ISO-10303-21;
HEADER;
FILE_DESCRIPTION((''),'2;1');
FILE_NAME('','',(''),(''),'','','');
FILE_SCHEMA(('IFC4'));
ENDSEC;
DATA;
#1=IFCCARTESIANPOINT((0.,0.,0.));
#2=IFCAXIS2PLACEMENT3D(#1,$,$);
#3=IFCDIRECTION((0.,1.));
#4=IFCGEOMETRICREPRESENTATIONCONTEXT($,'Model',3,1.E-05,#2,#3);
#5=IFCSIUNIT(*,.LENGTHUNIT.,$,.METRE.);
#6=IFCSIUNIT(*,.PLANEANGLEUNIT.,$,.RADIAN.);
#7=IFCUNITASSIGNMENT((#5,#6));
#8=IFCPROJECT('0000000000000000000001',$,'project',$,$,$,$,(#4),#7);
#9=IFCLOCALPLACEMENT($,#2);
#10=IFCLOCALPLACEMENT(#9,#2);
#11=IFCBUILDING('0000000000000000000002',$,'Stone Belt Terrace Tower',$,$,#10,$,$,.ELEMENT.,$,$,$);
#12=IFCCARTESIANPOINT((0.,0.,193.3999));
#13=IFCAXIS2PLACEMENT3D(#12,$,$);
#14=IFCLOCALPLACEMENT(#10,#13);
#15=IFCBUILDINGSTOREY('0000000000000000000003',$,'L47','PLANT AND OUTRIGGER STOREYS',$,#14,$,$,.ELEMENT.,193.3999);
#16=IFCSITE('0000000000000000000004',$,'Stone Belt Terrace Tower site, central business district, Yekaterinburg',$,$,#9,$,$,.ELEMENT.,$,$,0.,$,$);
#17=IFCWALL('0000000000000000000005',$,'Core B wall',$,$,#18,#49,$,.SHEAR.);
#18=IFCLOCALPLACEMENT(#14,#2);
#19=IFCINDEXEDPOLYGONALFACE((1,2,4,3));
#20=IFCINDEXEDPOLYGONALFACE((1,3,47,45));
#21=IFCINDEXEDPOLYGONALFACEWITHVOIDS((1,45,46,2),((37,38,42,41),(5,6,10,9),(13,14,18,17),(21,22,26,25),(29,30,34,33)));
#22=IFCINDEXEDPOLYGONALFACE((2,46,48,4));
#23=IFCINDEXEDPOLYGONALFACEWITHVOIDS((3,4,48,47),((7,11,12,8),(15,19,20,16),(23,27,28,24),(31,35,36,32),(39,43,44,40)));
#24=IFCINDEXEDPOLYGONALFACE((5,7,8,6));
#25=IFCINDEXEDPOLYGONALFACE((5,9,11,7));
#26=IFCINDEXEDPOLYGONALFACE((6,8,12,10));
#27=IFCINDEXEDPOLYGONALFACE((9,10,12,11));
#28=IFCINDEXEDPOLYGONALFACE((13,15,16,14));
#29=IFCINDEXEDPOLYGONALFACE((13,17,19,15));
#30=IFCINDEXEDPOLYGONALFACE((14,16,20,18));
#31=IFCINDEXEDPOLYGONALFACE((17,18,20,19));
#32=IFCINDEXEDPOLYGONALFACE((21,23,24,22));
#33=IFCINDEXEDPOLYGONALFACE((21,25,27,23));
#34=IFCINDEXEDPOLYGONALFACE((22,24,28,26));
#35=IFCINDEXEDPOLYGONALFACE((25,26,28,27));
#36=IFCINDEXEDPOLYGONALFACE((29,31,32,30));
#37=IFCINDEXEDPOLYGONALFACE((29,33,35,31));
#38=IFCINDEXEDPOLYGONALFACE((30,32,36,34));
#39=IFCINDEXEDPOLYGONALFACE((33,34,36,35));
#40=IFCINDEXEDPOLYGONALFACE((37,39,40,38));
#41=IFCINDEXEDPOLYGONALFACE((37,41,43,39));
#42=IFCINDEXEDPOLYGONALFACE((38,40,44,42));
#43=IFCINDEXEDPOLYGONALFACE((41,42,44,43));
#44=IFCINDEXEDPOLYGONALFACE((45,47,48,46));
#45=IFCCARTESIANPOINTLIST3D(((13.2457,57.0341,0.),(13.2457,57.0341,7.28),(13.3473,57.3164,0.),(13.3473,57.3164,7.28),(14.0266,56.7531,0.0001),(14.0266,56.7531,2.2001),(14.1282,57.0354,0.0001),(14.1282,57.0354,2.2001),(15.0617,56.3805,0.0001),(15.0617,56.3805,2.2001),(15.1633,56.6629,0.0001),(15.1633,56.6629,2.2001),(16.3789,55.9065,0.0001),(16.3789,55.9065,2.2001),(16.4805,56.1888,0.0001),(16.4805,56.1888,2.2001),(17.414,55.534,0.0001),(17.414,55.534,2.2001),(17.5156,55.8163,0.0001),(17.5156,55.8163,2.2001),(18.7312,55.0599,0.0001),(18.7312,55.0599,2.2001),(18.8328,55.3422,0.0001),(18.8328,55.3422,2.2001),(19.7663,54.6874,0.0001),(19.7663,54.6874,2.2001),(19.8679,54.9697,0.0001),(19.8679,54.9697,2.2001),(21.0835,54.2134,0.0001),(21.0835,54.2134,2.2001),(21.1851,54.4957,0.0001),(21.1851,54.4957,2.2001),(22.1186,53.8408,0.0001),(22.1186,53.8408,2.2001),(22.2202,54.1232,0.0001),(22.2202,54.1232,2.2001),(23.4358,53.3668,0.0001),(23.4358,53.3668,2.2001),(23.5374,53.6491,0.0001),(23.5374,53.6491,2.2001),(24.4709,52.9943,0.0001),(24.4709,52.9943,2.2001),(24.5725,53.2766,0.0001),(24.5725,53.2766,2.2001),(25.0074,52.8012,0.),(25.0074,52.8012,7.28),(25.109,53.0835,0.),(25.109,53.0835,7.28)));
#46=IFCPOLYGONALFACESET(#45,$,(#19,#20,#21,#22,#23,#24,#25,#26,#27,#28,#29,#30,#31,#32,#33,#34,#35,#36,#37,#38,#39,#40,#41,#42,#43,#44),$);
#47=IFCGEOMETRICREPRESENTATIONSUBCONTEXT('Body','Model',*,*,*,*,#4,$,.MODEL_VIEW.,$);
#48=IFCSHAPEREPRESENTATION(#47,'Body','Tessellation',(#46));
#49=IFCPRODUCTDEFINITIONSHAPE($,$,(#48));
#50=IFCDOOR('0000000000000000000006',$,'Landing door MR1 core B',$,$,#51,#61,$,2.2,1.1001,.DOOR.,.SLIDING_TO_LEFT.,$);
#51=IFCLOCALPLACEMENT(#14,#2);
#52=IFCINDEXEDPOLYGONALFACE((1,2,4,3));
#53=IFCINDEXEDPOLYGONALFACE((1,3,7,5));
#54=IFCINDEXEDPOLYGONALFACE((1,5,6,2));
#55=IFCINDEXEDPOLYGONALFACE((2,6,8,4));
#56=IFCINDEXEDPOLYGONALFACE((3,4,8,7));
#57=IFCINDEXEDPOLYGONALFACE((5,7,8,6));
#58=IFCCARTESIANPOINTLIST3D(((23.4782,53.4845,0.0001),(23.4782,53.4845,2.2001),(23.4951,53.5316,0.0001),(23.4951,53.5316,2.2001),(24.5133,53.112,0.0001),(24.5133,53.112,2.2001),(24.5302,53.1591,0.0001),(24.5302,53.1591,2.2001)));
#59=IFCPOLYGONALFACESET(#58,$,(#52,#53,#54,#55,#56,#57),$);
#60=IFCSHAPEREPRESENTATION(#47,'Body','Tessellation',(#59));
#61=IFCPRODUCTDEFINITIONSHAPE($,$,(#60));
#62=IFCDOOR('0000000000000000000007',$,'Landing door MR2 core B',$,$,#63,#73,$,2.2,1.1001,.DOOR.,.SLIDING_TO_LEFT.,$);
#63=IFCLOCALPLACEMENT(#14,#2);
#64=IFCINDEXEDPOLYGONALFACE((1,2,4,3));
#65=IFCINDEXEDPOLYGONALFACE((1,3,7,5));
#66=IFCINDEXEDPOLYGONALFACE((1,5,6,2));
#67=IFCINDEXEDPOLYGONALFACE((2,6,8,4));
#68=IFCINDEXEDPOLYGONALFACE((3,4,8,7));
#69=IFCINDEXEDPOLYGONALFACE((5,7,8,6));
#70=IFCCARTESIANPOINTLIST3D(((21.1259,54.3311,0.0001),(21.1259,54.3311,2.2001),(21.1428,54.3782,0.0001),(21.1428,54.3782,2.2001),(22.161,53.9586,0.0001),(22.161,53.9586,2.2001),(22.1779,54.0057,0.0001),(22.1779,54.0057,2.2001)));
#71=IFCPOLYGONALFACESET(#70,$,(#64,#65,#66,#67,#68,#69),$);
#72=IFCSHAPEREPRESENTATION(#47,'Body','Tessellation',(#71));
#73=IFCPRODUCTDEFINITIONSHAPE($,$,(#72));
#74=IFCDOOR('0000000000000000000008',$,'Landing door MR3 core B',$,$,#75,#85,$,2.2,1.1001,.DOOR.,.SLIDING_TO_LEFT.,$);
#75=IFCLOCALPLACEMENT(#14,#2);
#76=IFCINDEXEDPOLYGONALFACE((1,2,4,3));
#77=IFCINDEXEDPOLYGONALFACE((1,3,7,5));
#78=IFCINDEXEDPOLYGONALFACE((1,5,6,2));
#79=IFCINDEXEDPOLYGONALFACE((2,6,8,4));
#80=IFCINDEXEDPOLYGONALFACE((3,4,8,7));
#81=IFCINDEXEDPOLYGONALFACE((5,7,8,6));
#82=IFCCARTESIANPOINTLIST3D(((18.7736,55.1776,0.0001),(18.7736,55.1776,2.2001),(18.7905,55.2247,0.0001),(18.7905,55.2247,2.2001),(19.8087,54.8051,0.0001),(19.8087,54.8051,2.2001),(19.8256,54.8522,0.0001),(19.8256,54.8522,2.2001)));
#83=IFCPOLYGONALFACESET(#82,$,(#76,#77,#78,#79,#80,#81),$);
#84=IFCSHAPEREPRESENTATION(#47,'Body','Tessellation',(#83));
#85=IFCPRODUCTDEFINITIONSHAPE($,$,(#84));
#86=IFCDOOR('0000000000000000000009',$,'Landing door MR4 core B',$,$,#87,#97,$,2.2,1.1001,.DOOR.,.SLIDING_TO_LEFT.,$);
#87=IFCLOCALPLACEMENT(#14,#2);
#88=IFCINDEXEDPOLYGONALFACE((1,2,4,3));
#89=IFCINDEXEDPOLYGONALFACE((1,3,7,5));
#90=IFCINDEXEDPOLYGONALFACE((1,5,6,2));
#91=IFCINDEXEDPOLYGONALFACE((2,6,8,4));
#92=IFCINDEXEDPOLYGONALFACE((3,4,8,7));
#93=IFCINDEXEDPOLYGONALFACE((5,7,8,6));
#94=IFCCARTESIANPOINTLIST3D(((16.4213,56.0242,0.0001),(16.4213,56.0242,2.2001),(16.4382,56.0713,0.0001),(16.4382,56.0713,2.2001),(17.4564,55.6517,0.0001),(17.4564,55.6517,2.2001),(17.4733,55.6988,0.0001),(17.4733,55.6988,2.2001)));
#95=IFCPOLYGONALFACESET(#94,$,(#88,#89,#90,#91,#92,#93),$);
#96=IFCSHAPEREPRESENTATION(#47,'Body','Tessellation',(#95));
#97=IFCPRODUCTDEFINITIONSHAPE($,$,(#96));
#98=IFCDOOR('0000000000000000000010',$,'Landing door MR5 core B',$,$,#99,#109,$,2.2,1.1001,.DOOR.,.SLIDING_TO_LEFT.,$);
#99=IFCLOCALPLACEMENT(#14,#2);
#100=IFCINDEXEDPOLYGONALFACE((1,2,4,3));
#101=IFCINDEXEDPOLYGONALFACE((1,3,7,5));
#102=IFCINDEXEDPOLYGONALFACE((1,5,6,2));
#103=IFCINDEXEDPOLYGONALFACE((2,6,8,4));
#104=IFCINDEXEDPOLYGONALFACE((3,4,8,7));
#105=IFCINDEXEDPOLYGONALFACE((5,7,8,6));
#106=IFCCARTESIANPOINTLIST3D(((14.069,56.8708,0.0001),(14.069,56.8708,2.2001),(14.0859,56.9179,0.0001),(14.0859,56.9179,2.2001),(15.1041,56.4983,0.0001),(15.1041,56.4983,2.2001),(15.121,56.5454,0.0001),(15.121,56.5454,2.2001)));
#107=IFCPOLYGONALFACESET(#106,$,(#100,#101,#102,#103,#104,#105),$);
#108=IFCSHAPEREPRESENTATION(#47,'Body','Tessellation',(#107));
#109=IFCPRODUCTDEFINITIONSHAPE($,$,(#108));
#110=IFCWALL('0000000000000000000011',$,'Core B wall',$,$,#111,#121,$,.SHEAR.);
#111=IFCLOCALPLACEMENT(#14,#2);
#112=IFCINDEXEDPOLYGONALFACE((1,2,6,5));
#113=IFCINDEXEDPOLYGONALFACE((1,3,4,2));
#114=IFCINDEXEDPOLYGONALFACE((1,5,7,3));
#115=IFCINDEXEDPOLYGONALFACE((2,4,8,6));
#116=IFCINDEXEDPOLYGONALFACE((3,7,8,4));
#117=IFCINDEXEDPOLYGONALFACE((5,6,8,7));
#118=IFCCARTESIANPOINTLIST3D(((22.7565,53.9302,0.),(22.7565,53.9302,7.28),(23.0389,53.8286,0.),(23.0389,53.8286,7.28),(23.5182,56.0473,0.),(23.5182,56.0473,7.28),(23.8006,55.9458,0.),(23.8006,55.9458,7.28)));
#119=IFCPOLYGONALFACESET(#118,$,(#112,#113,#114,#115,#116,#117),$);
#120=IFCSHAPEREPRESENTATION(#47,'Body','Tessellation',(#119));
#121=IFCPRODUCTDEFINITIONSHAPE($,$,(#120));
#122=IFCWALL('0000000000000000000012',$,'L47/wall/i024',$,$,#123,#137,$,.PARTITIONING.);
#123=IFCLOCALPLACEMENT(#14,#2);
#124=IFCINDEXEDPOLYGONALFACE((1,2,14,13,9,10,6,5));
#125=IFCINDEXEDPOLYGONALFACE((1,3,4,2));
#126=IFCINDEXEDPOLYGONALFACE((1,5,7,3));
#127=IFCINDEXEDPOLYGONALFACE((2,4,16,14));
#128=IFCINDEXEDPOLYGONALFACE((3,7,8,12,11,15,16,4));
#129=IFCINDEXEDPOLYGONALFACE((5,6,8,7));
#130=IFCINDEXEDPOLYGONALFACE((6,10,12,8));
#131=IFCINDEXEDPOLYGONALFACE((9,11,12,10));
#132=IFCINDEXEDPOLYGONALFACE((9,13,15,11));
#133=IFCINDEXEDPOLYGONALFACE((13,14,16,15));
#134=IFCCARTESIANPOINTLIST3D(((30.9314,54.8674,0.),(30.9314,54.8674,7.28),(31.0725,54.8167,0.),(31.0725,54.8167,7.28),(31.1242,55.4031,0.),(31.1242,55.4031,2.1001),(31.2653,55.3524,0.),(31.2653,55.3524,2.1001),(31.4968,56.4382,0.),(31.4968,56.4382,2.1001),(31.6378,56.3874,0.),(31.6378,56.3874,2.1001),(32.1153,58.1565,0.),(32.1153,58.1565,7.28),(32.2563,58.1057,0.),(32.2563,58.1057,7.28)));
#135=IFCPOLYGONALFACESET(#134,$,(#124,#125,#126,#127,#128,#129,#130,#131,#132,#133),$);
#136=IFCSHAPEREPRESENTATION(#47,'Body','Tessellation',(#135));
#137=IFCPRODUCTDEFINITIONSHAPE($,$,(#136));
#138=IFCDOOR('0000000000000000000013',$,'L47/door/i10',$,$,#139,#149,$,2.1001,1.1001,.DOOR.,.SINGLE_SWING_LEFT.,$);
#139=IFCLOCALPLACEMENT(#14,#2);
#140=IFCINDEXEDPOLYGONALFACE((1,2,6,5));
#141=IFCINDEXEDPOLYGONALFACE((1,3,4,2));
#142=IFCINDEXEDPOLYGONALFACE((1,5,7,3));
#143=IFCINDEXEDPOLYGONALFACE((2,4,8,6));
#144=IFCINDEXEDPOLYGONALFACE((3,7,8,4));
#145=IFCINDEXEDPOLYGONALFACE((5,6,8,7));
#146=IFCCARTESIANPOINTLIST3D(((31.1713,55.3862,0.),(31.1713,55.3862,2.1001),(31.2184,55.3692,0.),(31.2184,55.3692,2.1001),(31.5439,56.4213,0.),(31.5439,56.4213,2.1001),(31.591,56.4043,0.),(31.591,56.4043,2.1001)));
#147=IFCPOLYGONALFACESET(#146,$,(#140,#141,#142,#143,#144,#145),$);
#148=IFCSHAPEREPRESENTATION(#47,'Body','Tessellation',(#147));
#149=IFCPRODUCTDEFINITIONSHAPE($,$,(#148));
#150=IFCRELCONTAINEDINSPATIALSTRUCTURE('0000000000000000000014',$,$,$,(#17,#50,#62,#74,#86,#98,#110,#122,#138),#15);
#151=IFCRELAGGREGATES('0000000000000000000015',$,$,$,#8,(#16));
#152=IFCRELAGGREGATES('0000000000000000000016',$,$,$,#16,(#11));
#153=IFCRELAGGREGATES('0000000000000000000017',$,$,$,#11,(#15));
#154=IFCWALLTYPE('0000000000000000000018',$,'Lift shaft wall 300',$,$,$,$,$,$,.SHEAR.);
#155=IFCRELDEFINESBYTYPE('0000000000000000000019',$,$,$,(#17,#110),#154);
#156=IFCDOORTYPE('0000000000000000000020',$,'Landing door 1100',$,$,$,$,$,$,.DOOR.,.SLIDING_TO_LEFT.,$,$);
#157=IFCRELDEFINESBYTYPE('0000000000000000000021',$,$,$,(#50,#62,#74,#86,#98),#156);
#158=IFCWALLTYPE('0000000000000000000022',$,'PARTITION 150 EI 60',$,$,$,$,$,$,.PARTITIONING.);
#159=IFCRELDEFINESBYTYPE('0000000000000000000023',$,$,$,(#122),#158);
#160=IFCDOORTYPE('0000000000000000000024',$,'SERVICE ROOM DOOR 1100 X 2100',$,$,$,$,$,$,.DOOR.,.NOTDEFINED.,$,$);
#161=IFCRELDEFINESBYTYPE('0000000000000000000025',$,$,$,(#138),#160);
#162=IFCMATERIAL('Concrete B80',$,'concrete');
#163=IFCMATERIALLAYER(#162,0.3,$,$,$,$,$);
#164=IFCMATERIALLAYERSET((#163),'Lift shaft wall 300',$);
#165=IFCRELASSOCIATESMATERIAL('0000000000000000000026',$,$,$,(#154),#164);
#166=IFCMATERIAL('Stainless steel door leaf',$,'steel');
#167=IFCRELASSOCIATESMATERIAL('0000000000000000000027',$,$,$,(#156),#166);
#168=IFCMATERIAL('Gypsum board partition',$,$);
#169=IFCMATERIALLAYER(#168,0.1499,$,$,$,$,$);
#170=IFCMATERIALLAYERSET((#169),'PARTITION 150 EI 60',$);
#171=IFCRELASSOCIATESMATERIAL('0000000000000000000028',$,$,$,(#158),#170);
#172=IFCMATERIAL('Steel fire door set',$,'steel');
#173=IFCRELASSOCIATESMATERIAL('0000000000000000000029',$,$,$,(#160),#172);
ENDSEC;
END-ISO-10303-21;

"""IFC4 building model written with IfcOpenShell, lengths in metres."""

from ifc_helpers import new_model, si_unit, direction, frame, frame_2d, origin, place, context, subcontext, project, spatial, rectangle, extrude, material, layer, layer_set, type_object, element, fill, save


model = new_model("IFC4")

# Units and contexts
model_context = context("Model", 3, precision=1e-05, world=origin(), true_north=direction((0.0, 1.0)))
body_context = subcontext(model_context, "Body", "Model", "MODEL_VIEW")
ifc_project = project(units=[si_unit("LENGTHUNIT", "METRE"), si_unit("PLANEANGLEUNIT", "RADIAN")], contexts=[model_context])

# Site, building, storey
site_placement = place(None, origin())
site = spatial("IfcSite", under=ifc_project, at=site_placement, Name="Stone Belt Terrace Tower site, central business district, Yekaterinburg", CompositionType="ELEMENT", RefElevation=0.0)
building_placement = place(site_placement, origin())
building = spatial("IfcBuilding", under=site, at=building_placement, Name="Stone Belt Terrace Tower", CompositionType="ELEMENT")
storey_placement = place(building_placement, frame((0.0, 0.0, 193.3999)))
storey = spatial("IfcBuildingStorey", under=building, at=storey_placement, Name="L47", Description="PLANT AND OUTRIGGER STOREYS", CompositionType="ELEMENT", Elevation=193.3999)

# Shared definitions
ifc_material_1 = material(Name="Concrete B80", Category="concrete")

# Shared definitions
ifc_layer_1 = layer(ifc_material_1, 0.3)
ifc_layer_set_1 = layer_set([ifc_layer_1], Name="Lift shaft wall 300")
wall_type_1 = type_object("IfcWallType", Name="Lift shaft wall 300", PredefinedType="SHEAR", material=ifc_layer_set_1)
ifc_material_2 = material(Name="Stainless steel door leaf", Category="steel")

# Wall, openings, doors
wall_1_placement = place(storey_placement, frame((25.0581, 52.9424, 0.0), z_axis=(0.0, 0.0, 1.0), x_axis=(-0.940921, 0.338627, 0.0)))
wall_1 = element("IfcWall", 1, at=wall_1_placement, inside=storey, type_object=wall_type_1, Name="Core B wall", PredefinedType="SHEAR", context=body_context, shape_type="SweptSolid", body=[
    extrude(rectangle(XDim=12.5002, YDim=0.3, at=frame_2d((6.25, 0.0))), origin(), (0.0, 0.0, 1.0), 7.28),
])
opening_1_placement = place(wall_1_placement, frame((0.5701, 0.0, 0.0)))
opening_1 = element("IfcOpeningElement", 2, at=opening_1_placement, cuts=wall_1, PredefinedType="OPENING", context=body_context, shape_type="SweptSolid", body=[
    extrude(rectangle(XDim=1.1001, YDim=2.2, at=frame_2d((0.55, 1.1001))), frame((0.0, 0.1599, 0.0), z_axis=(0.0, -1.0, 0.0), x_axis=(1.0, 0.0, 0.0)), (0.0, 0.0, 1.0), 0.3201),
])
opening_2_placement = place(wall_1_placement, frame((3.0701, 0.0, 0.0)))
opening_2 = element("IfcOpeningElement", 3, at=opening_2_placement, cuts=wall_1, PredefinedType="OPENING", context=body_context, shape_type="SweptSolid", body=[
    extrude(rectangle(XDim=1.1001, YDim=2.2, at=frame_2d((0.55, 1.1001))), frame((0.0, 0.1599, 0.0), z_axis=(0.0, -1.0, 0.0), x_axis=(1.0, 0.0, 0.0)), (0.0, 0.0, 1.0), 0.3201),
])
opening_3_placement = place(wall_1_placement, frame((5.5701, 0.0, 0.0)))
opening_3 = element("IfcOpeningElement", 4, at=opening_3_placement, cuts=wall_1, PredefinedType="OPENING", context=body_context, shape_type="SweptSolid", body=[
    extrude(rectangle(XDim=1.1001, YDim=2.2, at=frame_2d((0.55, 1.1001))), frame((0.0, 0.1599, 0.0), z_axis=(0.0, -1.0, 0.0), x_axis=(1.0, 0.0, 0.0)), (0.0, 0.0, 1.0), 0.3201),
])
opening_4_placement = place(wall_1_placement, frame((8.0701, 0.0, 0.0)))
opening_4 = element("IfcOpeningElement", 5, at=opening_4_placement, cuts=wall_1, PredefinedType="OPENING", context=body_context, shape_type="SweptSolid", body=[
    extrude(rectangle(XDim=1.1001, YDim=2.2, at=frame_2d((0.55, 1.1001))), frame((0.0, 0.1599, 0.0), z_axis=(0.0, -1.0, 0.0), x_axis=(1.0, 0.0, 0.0)), (0.0, 0.0, 1.0), 0.3201),
])
opening_5_placement = place(wall_1_placement, frame((10.5701, 0.0, 0.0)))
opening_5 = element("IfcOpeningElement", 6, at=opening_5_placement, cuts=wall_1, PredefinedType="OPENING", context=body_context, shape_type="SweptSolid", body=[
    extrude(rectangle(XDim=1.1001, YDim=2.2, at=frame_2d((0.55, 1.1001))), frame((0.0, 0.1599, 0.0), z_axis=(0.0, -1.0, 0.0), x_axis=(1.0, 0.0, 0.0)), (0.0, 0.0, 1.0), 0.3201),
])
door_type_1 = type_object("IfcDoorType", Name="Landing door 1100", OperationType="SLIDING_TO_LEFT", PredefinedType="DOOR", material=ifc_material_2)
door_1_placement = place(opening_1_placement, origin())
door_1 = element("IfcDoor", 7, at=door_1_placement, inside=storey, type_object=door_type_1, Name="Landing door MR1 core B", OperationType="SLIDING_TO_LEFT", OverallHeight=2.2, OverallWidth=1.1001, PredefinedType="DOOR", context=body_context, shape_type="SweptSolid", body=[
    extrude(rectangle(XDim=1.1001, YDim=2.2, at=frame_2d((0.55, 1.1001))), frame((0.0, 0.0249, 0.0), z_axis=(0.0, -1.0, 0.0), x_axis=(1.0, 0.0, 0.0)), (0.0, 0.0, 1.0), 0.05),
])
fill(opening_1, door_1)
door_2_placement = place(opening_2_placement, origin())
door_2 = element("IfcDoor", 8, at=door_2_placement, inside=storey, type_object=door_type_1, Name="Landing door MR2 core B", OperationType="SLIDING_TO_LEFT", OverallHeight=2.2, OverallWidth=1.1001, PredefinedType="DOOR", context=body_context, shape_type="SweptSolid", body=[
    extrude(rectangle(XDim=1.1001, YDim=2.2, at=frame_2d((0.55, 1.1001))), frame((0.0, 0.0249, 0.0), z_axis=(0.0, -1.0, 0.0), x_axis=(1.0, 0.0, 0.0)), (0.0, 0.0, 1.0), 0.05),
])
fill(opening_2, door_2)
door_3_placement = place(opening_3_placement, origin())
door_3 = element("IfcDoor", 9, at=door_3_placement, inside=storey, type_object=door_type_1, Name="Landing door MR3 core B", OperationType="SLIDING_TO_LEFT", OverallHeight=2.2, OverallWidth=1.1001, PredefinedType="DOOR", context=body_context, shape_type="SweptSolid", body=[
    extrude(rectangle(XDim=1.1001, YDim=2.2, at=frame_2d((0.55, 1.1001))), frame((0.0, 0.0249, 0.0), z_axis=(0.0, -1.0, 0.0), x_axis=(1.0, 0.0, 0.0)), (0.0, 0.0, 1.0), 0.05),
])
fill(opening_3, door_3)
door_4_placement = place(opening_4_placement, origin())
door_4 = element("IfcDoor", 10, at=door_4_placement, inside=storey, type_object=door_type_1, Name="Landing door MR4 core B", OperationType="SLIDING_TO_LEFT", OverallHeight=2.2, OverallWidth=1.1001, PredefinedType="DOOR", context=body_context, shape_type="SweptSolid", body=[
    extrude(rectangle(XDim=1.1001, YDim=2.2, at=frame_2d((0.55, 1.1001))), frame((0.0, 0.0249, 0.0), z_axis=(0.0, -1.0, 0.0), x_axis=(1.0, 0.0, 0.0)), (0.0, 0.0, 1.0), 0.05),
])
fill(opening_4, door_4)
door_5_placement = place(opening_5_placement, origin())
door_5 = element("IfcDoor", 11, at=door_5_placement, inside=storey, type_object=door_type_1, Name="Landing door MR5 core B", OperationType="SLIDING_TO_LEFT", OverallHeight=2.2, OverallWidth=1.1001, PredefinedType="DOOR", context=body_context, shape_type="SweptSolid", body=[
    extrude(rectangle(XDim=1.1001, YDim=2.2, at=frame_2d((0.55, 1.1001))), frame((0.0, 0.0249, 0.0), z_axis=(0.0, -1.0, 0.0), x_axis=(1.0, 0.0, 0.0)), (0.0, 0.0, 1.0), 0.05),
])
fill(opening_5, door_5)

# Wall
wall_2_placement = place(storey_placement, frame((22.8977, 53.8794, 0.0), z_axis=(0.0, 0.0, 1.0), x_axis=(0.338535, 0.940954, 0.0)))
element("IfcWall", 12, at=wall_2_placement, inside=storey, type_object=wall_type_1, Name="Core B wall", PredefinedType="SHEAR", context=body_context, shape_type="SweptSolid", body=[
    extrude(rectangle(XDim=2.25, YDim=0.3, at=frame_2d((1.125, 0.0))), origin(), (0.0, 0.0, 1.0), 7.28),
])

# Wall, opening, door
ifc_material_3 = material(Name="Gypsum board partition")
ifc_layer_2 = layer(ifc_material_3, 0.1499)
ifc_layer_set_2 = layer_set([ifc_layer_2], Name="PARTITION 150 EI 60")
wall_type_2 = type_object("IfcWallType", Name="PARTITION 150 EI 60", PredefinedType="PARTITIONING", material=ifc_layer_set_2)
wall_3_placement = place(storey_placement, frame((31.002, 54.842, 0.0), z_axis=(0.0, 0.0, 1.0), x_axis=(0.338663, 0.940908, 0.0)))
wall_3 = element("IfcWall", 13, at=wall_3_placement, inside=storey, type_object=wall_type_2, Name="L47/wall/i024", PredefinedType="PARTITIONING", context=body_context, shape_type="SweptSolid", body=[
    extrude(rectangle(XDim=3.4956, YDim=0.1499, at=frame_2d((1.7478, 0.0))), origin(), (0.0, 0.0, 1.0), 7.28),
])
opening_6_placement = place(wall_3_placement, frame((0.5693, 0.0, 0.0)))
opening_6 = element("IfcOpeningElement", 14, at=opening_6_placement, cuts=wall_3, PredefinedType="OPENING", context=body_context, shape_type="SweptSolid", body=[
    extrude(rectangle(XDim=1.1001, YDim=2.1001, at=frame_2d((0.55, 1.05))), frame((0.0, 0.085, 0.0), z_axis=(0.0, -1.0, 0.0), x_axis=(1.0, 0.0, 0.0)), (0.0, 0.0, 1.0), 0.1699),
])
ifc_material_4 = material(Name="Steel fire door set", Category="steel")
door_type_2 = type_object("IfcDoorType", Name="SERVICE ROOM DOOR 1100 X 2100", OperationType="NOTDEFINED", PredefinedType="DOOR", material=ifc_material_4)
door_6_placement = place(opening_6_placement, origin())
door_6 = element("IfcDoor", 15, at=door_6_placement, inside=storey, type_object=door_type_2, Name="L47/door/i10", OperationType="SINGLE_SWING_LEFT", OverallHeight=2.1001, OverallWidth=1.1001, PredefinedType="DOOR", context=body_context, shape_type="SweptSolid", body=[
    extrude(rectangle(XDim=1.1001, YDim=2.1001, at=frame_2d((0.55, 1.05))), frame((0.0, 0.0249, 0.0), z_axis=(0.0, -1.0, 0.0), x_axis=(1.0, 0.0, 0.0)), (0.0, 0.0, 1.0), 0.05),
])
fill(opening_6, door_6)

save(model, "model.ifc")
